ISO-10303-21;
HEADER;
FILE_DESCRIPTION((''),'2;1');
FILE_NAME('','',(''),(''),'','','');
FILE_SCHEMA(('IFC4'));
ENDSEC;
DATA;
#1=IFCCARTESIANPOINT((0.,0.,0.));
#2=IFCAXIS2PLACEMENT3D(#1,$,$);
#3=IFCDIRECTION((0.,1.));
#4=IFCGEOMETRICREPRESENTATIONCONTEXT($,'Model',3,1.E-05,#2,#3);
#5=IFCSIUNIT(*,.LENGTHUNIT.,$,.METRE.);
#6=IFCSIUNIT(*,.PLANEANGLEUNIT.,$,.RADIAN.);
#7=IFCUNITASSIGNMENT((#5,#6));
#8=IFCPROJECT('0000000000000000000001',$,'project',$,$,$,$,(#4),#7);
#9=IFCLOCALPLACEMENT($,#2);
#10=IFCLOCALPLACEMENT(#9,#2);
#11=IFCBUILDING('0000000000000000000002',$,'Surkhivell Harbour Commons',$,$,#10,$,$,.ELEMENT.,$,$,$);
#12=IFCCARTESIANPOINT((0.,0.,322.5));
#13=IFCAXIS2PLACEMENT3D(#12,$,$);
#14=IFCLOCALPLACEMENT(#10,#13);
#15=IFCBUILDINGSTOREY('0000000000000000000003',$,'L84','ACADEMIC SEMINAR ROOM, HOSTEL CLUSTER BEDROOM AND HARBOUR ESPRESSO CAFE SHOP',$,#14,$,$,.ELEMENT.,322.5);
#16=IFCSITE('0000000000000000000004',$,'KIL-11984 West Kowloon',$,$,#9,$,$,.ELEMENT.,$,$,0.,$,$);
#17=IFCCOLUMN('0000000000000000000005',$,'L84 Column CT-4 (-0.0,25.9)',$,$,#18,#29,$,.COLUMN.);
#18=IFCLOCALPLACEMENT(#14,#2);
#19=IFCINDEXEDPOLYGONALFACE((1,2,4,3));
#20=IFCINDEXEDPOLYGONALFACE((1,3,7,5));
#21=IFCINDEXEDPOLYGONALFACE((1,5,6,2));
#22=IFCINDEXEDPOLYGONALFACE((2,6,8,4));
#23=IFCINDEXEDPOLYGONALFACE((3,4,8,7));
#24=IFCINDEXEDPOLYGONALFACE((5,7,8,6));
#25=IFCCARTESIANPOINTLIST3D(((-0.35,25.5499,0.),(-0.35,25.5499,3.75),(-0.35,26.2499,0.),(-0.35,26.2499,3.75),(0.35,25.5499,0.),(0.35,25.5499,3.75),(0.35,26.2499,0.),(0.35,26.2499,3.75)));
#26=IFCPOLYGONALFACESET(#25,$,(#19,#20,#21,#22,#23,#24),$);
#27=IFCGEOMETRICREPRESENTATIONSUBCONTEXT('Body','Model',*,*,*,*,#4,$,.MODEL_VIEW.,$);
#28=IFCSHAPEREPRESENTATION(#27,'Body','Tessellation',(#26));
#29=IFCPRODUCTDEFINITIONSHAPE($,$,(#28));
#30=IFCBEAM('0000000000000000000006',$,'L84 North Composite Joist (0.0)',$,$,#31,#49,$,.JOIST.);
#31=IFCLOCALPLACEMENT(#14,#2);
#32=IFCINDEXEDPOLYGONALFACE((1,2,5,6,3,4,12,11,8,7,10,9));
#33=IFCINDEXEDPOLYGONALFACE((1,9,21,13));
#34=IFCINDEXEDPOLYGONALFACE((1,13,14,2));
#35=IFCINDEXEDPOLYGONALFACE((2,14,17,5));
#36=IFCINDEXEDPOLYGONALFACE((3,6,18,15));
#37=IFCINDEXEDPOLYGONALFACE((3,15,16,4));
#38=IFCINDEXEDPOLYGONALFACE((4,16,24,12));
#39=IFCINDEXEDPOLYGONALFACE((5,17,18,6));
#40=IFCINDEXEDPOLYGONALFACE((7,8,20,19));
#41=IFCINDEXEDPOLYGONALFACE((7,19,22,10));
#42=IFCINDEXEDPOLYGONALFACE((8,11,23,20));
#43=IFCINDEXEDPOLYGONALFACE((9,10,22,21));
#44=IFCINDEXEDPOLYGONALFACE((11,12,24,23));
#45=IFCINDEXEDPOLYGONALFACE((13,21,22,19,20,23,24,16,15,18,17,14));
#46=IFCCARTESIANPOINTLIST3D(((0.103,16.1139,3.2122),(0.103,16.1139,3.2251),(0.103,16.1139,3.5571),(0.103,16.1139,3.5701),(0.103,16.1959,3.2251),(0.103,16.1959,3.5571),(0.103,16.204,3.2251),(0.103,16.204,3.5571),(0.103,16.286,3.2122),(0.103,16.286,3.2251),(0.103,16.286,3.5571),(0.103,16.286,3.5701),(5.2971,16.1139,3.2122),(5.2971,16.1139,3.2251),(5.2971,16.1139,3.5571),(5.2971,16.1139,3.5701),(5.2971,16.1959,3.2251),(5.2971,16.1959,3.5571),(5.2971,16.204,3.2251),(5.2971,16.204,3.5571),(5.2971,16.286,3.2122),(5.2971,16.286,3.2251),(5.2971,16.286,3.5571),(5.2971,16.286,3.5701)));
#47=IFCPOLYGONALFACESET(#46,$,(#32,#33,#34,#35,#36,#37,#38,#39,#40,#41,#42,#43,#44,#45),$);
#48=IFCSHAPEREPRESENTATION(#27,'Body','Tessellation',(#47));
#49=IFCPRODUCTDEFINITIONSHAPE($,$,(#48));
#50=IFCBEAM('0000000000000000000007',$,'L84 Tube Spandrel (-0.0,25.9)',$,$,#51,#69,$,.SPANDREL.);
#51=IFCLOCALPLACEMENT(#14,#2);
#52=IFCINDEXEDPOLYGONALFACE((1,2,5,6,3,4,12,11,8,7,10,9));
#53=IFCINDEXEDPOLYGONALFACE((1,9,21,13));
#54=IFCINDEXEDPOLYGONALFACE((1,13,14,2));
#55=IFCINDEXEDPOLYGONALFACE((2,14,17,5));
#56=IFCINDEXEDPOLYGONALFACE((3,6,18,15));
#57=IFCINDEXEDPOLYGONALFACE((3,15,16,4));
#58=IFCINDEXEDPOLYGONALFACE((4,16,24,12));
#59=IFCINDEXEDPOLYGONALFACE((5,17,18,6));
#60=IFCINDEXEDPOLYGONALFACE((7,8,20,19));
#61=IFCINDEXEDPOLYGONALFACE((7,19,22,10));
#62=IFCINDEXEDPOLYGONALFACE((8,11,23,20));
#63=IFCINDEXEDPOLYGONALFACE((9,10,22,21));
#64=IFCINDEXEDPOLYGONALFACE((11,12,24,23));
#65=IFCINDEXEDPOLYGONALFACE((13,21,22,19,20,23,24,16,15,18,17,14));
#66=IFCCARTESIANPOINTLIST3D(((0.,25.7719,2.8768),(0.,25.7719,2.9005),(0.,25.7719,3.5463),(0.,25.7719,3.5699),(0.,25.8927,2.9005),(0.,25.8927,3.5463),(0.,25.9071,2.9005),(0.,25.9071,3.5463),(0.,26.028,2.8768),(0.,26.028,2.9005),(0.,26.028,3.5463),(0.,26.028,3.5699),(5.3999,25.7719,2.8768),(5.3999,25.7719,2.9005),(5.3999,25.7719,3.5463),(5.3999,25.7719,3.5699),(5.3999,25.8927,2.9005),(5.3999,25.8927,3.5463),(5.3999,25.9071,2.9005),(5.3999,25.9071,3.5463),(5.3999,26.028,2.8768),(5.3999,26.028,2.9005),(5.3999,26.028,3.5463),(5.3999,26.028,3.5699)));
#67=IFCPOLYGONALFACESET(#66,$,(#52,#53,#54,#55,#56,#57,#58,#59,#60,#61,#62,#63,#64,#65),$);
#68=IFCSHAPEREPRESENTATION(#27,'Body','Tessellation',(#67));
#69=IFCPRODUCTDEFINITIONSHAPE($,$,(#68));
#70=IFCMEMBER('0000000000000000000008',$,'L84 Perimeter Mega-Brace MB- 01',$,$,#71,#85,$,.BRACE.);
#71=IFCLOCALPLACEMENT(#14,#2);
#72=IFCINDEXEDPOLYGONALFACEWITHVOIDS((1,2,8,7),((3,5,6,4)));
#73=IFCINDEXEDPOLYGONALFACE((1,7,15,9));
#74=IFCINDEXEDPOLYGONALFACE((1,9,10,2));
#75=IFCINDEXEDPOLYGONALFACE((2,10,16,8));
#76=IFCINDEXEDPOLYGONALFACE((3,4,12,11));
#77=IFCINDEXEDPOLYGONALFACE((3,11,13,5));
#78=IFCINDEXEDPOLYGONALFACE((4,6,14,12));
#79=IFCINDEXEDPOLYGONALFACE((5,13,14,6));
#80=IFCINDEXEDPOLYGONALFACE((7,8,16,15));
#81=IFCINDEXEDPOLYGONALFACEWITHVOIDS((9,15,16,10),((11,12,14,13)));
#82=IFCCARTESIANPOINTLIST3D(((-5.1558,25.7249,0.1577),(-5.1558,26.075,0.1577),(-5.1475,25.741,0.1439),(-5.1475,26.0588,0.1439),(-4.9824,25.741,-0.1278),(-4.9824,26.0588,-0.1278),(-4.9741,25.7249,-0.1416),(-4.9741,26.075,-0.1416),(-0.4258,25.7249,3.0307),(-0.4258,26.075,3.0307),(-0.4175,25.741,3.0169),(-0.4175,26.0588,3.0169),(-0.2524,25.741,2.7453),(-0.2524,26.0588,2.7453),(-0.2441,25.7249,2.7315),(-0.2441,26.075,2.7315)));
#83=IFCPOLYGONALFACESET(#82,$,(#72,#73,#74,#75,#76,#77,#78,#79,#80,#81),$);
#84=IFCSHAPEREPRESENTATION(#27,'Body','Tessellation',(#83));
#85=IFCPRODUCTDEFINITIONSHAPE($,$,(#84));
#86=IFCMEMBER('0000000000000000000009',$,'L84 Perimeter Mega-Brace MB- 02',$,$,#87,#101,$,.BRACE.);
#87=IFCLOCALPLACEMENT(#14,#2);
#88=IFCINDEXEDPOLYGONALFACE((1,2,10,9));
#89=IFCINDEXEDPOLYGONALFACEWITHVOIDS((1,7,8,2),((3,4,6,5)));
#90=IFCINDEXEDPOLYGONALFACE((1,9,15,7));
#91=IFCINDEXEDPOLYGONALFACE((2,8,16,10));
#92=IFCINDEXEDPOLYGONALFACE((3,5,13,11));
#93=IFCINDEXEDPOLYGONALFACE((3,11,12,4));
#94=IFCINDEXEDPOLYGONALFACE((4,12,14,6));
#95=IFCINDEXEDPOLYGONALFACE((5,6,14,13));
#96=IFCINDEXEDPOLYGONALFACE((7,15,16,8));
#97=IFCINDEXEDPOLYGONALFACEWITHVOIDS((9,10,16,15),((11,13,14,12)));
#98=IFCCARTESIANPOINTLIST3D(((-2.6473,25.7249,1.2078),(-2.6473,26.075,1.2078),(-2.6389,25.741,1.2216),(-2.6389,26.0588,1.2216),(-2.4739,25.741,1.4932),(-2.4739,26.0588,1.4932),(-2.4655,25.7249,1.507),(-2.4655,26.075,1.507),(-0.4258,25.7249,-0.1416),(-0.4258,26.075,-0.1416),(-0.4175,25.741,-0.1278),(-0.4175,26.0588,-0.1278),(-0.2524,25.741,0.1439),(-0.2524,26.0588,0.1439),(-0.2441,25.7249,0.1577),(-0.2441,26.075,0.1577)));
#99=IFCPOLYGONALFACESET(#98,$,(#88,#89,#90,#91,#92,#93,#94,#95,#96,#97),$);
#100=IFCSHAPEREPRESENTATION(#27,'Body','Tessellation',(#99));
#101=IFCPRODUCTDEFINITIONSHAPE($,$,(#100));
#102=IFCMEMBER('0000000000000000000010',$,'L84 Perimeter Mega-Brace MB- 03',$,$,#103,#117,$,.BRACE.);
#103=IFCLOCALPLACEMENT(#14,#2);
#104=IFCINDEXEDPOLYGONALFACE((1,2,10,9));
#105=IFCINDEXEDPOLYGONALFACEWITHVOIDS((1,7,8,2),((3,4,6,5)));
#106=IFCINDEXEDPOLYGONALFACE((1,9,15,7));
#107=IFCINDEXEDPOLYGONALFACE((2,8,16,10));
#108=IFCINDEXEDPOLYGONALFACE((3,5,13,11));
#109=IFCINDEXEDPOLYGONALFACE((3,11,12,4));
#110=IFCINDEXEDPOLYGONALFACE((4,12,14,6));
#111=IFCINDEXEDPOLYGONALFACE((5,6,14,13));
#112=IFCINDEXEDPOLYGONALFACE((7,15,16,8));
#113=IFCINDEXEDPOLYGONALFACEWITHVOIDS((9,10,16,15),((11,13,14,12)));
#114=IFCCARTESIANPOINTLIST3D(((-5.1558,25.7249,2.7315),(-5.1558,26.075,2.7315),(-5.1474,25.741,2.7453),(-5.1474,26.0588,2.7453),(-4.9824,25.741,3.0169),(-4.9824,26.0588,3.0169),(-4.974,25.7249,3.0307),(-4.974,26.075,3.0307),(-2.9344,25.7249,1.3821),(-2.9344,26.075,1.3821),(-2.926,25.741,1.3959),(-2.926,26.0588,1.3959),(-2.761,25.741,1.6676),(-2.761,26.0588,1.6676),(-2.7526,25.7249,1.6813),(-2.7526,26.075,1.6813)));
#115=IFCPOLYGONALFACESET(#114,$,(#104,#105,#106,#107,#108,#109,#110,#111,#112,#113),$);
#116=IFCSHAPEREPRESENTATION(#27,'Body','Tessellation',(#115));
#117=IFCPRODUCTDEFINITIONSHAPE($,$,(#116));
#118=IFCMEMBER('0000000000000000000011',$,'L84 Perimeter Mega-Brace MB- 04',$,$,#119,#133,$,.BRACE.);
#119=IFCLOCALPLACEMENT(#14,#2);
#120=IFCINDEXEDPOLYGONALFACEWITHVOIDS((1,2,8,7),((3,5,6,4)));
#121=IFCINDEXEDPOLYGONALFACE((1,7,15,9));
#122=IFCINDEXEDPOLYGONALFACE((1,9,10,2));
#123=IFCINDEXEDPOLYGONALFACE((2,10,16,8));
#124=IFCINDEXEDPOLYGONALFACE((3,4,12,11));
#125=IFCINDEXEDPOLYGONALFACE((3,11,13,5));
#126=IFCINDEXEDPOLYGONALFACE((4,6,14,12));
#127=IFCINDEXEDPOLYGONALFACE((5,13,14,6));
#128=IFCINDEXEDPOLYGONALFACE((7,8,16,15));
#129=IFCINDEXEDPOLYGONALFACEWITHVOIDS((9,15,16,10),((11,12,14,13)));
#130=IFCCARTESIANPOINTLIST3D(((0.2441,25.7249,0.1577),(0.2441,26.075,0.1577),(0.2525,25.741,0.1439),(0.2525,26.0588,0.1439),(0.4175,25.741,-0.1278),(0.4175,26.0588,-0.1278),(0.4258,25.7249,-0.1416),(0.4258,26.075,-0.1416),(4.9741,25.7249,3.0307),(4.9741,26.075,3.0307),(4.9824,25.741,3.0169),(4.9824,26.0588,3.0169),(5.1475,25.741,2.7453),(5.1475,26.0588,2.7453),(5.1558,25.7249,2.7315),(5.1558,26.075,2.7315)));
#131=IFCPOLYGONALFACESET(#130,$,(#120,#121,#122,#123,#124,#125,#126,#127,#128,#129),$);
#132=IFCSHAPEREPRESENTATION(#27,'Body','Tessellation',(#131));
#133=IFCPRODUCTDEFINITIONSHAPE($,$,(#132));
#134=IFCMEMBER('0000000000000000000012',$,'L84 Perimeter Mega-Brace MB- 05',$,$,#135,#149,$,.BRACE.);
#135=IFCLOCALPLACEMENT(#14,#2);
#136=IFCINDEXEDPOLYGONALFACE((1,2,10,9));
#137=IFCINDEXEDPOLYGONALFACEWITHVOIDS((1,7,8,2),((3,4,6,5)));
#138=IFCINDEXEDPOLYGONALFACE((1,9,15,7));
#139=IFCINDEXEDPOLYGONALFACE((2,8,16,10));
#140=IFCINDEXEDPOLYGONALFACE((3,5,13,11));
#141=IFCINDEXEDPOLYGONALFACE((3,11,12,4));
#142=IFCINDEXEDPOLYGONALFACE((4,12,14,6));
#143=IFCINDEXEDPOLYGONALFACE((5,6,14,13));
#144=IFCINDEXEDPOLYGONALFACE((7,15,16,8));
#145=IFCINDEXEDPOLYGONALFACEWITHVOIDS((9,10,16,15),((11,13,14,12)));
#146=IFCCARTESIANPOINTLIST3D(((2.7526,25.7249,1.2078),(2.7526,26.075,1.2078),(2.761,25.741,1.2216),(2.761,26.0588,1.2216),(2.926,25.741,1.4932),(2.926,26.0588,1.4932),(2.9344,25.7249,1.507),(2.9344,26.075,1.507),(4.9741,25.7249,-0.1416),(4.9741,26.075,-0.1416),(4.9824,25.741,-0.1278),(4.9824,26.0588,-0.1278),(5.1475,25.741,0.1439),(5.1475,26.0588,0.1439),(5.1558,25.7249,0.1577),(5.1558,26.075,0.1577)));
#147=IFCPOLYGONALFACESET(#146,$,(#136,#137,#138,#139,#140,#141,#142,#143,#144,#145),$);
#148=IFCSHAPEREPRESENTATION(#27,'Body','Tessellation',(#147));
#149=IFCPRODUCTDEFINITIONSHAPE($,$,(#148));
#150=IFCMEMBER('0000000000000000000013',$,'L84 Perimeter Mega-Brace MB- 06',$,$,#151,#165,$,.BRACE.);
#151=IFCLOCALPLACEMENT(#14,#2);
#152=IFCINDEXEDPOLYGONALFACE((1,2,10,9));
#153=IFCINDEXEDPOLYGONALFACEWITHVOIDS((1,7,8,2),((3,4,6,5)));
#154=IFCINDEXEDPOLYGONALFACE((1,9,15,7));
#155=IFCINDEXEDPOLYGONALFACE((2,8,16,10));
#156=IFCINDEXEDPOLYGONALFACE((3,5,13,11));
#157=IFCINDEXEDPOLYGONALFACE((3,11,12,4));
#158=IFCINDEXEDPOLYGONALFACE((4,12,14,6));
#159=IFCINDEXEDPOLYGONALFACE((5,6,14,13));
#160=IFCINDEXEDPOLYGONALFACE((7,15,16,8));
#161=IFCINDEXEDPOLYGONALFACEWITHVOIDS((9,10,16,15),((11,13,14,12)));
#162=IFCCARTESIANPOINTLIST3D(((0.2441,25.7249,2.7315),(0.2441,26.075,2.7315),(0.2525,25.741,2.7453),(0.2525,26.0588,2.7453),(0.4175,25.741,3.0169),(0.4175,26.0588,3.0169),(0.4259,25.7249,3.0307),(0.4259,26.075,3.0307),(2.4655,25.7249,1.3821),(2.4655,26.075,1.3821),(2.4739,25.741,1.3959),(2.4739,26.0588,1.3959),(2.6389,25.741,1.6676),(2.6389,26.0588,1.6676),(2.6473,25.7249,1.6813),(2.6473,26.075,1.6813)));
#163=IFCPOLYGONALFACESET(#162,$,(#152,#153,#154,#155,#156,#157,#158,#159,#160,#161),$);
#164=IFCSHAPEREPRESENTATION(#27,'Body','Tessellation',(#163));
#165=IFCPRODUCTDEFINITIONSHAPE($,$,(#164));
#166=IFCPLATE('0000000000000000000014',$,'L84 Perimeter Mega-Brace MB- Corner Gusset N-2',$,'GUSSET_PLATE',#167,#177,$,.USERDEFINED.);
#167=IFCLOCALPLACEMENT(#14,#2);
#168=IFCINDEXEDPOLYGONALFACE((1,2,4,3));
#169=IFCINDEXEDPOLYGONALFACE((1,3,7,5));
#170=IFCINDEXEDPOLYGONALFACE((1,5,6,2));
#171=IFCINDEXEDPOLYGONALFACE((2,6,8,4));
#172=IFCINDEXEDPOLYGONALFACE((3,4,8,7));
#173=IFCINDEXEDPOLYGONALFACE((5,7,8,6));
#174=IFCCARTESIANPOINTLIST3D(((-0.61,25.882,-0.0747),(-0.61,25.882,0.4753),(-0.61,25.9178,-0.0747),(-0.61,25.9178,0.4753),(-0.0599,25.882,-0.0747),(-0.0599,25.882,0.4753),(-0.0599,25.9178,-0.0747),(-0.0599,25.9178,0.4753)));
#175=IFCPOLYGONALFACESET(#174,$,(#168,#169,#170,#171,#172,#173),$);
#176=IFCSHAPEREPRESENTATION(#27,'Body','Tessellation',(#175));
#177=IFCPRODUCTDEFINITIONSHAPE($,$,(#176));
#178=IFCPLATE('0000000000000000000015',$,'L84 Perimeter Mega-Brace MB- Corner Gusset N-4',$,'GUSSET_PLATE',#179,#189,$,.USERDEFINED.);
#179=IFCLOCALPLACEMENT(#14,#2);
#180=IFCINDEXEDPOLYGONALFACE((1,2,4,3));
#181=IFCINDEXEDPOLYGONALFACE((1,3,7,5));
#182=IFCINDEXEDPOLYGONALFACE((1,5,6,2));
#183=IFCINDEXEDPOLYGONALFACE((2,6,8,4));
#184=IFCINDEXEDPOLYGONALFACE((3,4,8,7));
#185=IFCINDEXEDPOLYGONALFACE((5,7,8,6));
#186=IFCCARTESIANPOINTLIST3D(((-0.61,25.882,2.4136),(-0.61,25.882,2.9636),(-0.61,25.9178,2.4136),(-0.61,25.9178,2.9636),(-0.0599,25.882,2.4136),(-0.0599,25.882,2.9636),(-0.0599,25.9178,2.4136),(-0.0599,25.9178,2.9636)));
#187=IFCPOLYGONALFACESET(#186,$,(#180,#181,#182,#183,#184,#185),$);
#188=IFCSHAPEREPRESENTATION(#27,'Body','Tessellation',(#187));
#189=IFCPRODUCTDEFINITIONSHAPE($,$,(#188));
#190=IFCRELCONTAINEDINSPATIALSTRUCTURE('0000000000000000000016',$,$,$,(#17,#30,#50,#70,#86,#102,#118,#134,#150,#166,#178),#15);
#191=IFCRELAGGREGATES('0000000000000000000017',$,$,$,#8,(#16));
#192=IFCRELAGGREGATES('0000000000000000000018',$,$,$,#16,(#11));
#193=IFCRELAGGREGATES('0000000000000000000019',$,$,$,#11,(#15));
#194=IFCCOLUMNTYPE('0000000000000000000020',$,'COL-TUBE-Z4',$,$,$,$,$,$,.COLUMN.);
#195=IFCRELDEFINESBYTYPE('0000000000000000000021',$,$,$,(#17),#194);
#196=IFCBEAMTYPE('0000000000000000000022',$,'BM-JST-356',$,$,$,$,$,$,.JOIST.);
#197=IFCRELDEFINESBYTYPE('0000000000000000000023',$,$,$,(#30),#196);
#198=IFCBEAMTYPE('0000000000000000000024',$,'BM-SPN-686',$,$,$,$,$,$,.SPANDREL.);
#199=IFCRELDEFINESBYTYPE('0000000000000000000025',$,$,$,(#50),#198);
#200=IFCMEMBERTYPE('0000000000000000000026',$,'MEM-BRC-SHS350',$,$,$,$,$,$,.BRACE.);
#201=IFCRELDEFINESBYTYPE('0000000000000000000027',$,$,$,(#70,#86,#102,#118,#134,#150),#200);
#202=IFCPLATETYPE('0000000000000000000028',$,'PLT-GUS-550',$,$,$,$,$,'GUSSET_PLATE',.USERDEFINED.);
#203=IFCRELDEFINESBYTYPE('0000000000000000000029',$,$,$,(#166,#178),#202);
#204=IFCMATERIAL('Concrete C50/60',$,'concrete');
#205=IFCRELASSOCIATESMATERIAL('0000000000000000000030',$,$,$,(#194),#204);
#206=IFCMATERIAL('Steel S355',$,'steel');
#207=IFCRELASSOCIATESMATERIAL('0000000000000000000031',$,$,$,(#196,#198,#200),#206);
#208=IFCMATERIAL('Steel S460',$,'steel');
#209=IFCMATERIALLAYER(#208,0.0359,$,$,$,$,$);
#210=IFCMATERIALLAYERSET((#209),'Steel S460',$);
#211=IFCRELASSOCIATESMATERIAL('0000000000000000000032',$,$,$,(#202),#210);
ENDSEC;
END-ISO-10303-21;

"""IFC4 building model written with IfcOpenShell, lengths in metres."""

from ifc_helpers import new_model, si_unit, direction, frame, origin, origin_2d, place, context, subcontext, project, spatial, rectangle, hollow_rectangle, i_section, extrude, material, layer, layer_set, material_profile, profile_set, type_object, element, save


model = new_model("IFC4")

# Units and contexts
model_context = context("Model", 3, precision=1e-05, world=origin(), true_north=direction((0.0, 1.0)))
body_context = subcontext(model_context, "Body", "Model", "MODEL_VIEW")
ifc_project = project(units=[si_unit("LENGTHUNIT", "METRE"), si_unit("PLANEANGLEUNIT", "RADIAN")], contexts=[model_context])

# Site, building, storey
site_placement = place(None, origin())
site = spatial("IfcSite", under=ifc_project, at=site_placement, Name="KIL-11984 West Kowloon", CompositionType="ELEMENT", RefElevation=0.0)
building_placement = place(site_placement, origin())
building = spatial("IfcBuilding", under=site, at=building_placement, Name="Surkhivell Harbour Commons", CompositionType="ELEMENT")
storey_placement = place(building_placement, frame((0.0, 0.0, 322.5)))
storey = spatial("IfcBuildingStorey", under=building, at=storey_placement, Name="L84", Description="ACADEMIC SEMINAR ROOM, HOSTEL CLUSTER BEDROOM AND HARBOUR ESPRESSO CAFE SHOP", CompositionType="ELEMENT", Elevation=322.5)

# Column
ifc_material_1 = material(Name="Concrete C50/60", Category="concrete")
ifc_material_profile_1 = material_profile(ifc_material_1, rectangle(XDim=0.7, YDim=0.7, at=origin_2d()), Name="RC-COL-700x700")
ifc_profile_set_1 = profile_set([ifc_material_profile_1], Name="Concrete C50/60")
column_type = type_object("IfcColumnType", Name="COL-TUBE-Z4", PredefinedType="COLUMN", material=ifc_profile_set_1)
column_placement = place(storey_placement, frame((0.0, 25.8999, 0.0), z_axis=(0.0, 0.0, 1.0), x_axis=(1.0, 0.0, 0.0)))
element("IfcColumn", 1, at=column_placement, inside=storey, type_object=column_type, Name="L84 Column CT-4 (-0.0,25.9)", PredefinedType="COLUMN", context=body_context, shape_type="SweptSolid", body=[
    extrude(rectangle(XDim=0.7, YDim=0.7, at=origin_2d()), origin(), (0.0, 0.0, 1.0), 3.75),
])

# Beams
ifc_material_2 = material(Name="Steel S355", Category="steel")
ifc_material_profile_2 = material_profile(ifc_material_2, i_section(OverallWidth=0.1721, OverallDepth=0.3579, WebThickness=0.0081, FlangeThickness=0.0129, at=origin_2d()), Name="UB356x171x57")
ifc_profile_set_2 = profile_set([ifc_material_profile_2], Name="Steel S355")
beam_type_1 = type_object("IfcBeamType", Name="BM-JST-356", PredefinedType="JOIST", material=ifc_profile_set_2)
beam_1_placement = place(storey_placement, frame((0.103, 16.2, 3.3911), z_axis=(1.0, 0.0, 0.0), x_axis=(0.0, 1.0, 0.0)))
element("IfcBeam", 2, at=beam_1_placement, inside=storey, type_object=beam_type_1, Name="L84 North Composite Joist (0.0)", PredefinedType="JOIST", context=body_context, shape_type="SweptSolid", body=[
    extrude(i_section(OverallWidth=0.1721, OverallDepth=0.3579, WebThickness=0.0081, FlangeThickness=0.0129, at=origin_2d()), origin(), (0.0, 0.0, 1.0), 5.1941),
])
ifc_material_profile_3 = material_profile(ifc_material_2, i_section(OverallWidth=0.2561, OverallDepth=0.6931, WebThickness=0.0144, FlangeThickness=0.0237, at=origin_2d()), Name="UB686x254x170")
ifc_profile_set_3 = profile_set([ifc_material_profile_3], Name="Steel S355")
beam_type_2 = type_object("IfcBeamType", Name="BM-SPN-686", PredefinedType="SPANDREL", material=ifc_profile_set_3)
beam_2_placement = place(storey_placement, frame((0.0, 25.8999, 3.2234), z_axis=(1.0, 0.0, 0.0), x_axis=(0.0, 1.0, 0.0)))
element("IfcBeam", 3, at=beam_2_placement, inside=storey, type_object=beam_type_2, Name="L84 Tube Spandrel (-0.0,25.9)", PredefinedType="SPANDREL", context=body_context, shape_type="SweptSolid", body=[
    extrude(i_section(OverallWidth=0.2561, OverallDepth=0.6931, WebThickness=0.0144, FlangeThickness=0.0237, at=origin_2d()), origin(), (0.0, 0.0, 1.0), 5.3999),
])

# Members
ifc_material_profile_4 = material_profile(ifc_material_2, hollow_rectangle(XDim=0.3501, YDim=0.3501, WallThickness=0.0161, at=origin_2d()), Name="SHS350x350x16")
ifc_profile_set_4 = profile_set([ifc_material_profile_4], Name="Steel S355")
member_type = type_object("IfcMemberType", Name="MEM-BRC-SHS350", PredefinedType="BRACE", material=ifc_profile_set_4)
member_1_placement = place(storey_placement, frame((-5.0649, 25.8999, 0.0081), z_axis=(0.854685, 0.0, 0.519146), x_axis=(0.0, 1.0, 0.0)))
element("IfcMember", 4, at=member_1_placement, inside=storey, type_object=member_type, Name="L84 Perimeter Mega-Brace MB- 01", PredefinedType="BRACE", context=body_context, shape_type="SweptSolid", body=[
    extrude(hollow_rectangle(XDim=0.3501, YDim=0.3501, WallThickness=0.0161, at=origin_2d()), origin(), (0.0, 0.0, 1.0), 5.5342),
])
for number, where, z_axis, x_axis, name in (
    (5, (-0.335, 25.8999, 0.0081), (-0.854679, 0.0, 0.519157), (0.0, -1.0, 0.0), "L84 Perimeter Mega-Brace MB- 02"),
    (6, (-2.8435, 25.8999, 1.5317), (-0.854679, 0.0, 0.519157), (0.0, -1.0, 0.0), "L84 Perimeter Mega-Brace MB- 03"),
):
    element("IfcMember", number, at=place(storey_placement, frame(where, z_axis=z_axis, x_axis=x_axis)), inside=storey, type_object=member_type, Name=name, PredefinedType="BRACE", context=body_context, shape_type="SweptSolid", body=[
        extrude(hollow_rectangle(XDim=0.3501, YDim=0.3501, WallThickness=0.0161, at=origin_2d()), origin(), (0.0, 0.0, 1.0), 2.5991),
    ])
member_2_placement = place(storey_placement, frame((0.335, 25.8999, 0.0081), z_axis=(0.854685, 0.0, 0.519146), x_axis=(0.0, 1.0, 0.0)))
element("IfcMember", 7, at=member_2_placement, inside=storey, type_object=member_type, Name="L84 Perimeter Mega-Brace MB- 04", PredefinedType="BRACE", context=body_context, shape_type="SweptSolid", body=[
    extrude(hollow_rectangle(XDim=0.3501, YDim=0.3501, WallThickness=0.0161, at=origin_2d()), origin(), (0.0, 0.0, 1.0), 5.5342),
])
for number, where, z_axis, x_axis, name in (
    (8, (5.0649, 25.8999, 0.0081), (-0.854679, 0.0, 0.519157), (0.0, -1.0, 0.0), "L84 Perimeter Mega-Brace MB- 05"),
    (9, (2.5564, 25.8999, 1.5317), (-0.854679, 0.0, 0.519157), (0.0, -1.0, 0.0), "L84 Perimeter Mega-Brace MB- 06"),
):
    element("IfcMember", number, at=place(storey_placement, frame(where, z_axis=z_axis, x_axis=x_axis)), inside=storey, type_object=member_type, Name=name, PredefinedType="BRACE", context=body_context, shape_type="SweptSolid", body=[
        extrude(hollow_rectangle(XDim=0.3501, YDim=0.3501, WallThickness=0.0161, at=origin_2d()), origin(), (0.0, 0.0, 1.0), 2.5991),
    ])

# Plates
ifc_material_3 = material(Name="Steel S460", Category="steel")
ifc_layer_1 = layer(ifc_material_3, 0.0359)
ifc_layer_set_1 = layer_set([ifc_layer_1], Name="Steel S460")
plate_type_1 = type_object("IfcPlateType", Name="PLT-GUS-550", ElementType="GUSSET_PLATE", PredefinedType="USERDEFINED", material=ifc_layer_set_1)
for number, where, z_axis, x_axis, name in (
    (10, (-0.335, 25.8999, -0.0747), (0.0, 0.0, 1.0), (1.0, 0.0, 0.0), "L84 Perimeter Mega-Brace MB- Corner Gusset N-2"),
    (11, (-0.335, 25.8999, 2.4136), (0.0, 0.0, 1.0), (1.0, 0.0, 0.0), "L84 Perimeter Mega-Brace MB- Corner Gusset N-4"),
):
    element("IfcPlate", number, at=place(storey_placement, frame(where, z_axis=z_axis, x_axis=x_axis)), inside=storey, type_object=plate_type_1, Name=name, ObjectType="GUSSET_PLATE", PredefinedType="USERDEFINED", context=body_context, shape_type="SweptSolid", body=[
        extrude(rectangle(XDim=0.55, YDim=0.0359, at=origin_2d()), origin(), (0.0, 0.0, 1.0), 0.55),
    ])

save(model, "model.ifc")
